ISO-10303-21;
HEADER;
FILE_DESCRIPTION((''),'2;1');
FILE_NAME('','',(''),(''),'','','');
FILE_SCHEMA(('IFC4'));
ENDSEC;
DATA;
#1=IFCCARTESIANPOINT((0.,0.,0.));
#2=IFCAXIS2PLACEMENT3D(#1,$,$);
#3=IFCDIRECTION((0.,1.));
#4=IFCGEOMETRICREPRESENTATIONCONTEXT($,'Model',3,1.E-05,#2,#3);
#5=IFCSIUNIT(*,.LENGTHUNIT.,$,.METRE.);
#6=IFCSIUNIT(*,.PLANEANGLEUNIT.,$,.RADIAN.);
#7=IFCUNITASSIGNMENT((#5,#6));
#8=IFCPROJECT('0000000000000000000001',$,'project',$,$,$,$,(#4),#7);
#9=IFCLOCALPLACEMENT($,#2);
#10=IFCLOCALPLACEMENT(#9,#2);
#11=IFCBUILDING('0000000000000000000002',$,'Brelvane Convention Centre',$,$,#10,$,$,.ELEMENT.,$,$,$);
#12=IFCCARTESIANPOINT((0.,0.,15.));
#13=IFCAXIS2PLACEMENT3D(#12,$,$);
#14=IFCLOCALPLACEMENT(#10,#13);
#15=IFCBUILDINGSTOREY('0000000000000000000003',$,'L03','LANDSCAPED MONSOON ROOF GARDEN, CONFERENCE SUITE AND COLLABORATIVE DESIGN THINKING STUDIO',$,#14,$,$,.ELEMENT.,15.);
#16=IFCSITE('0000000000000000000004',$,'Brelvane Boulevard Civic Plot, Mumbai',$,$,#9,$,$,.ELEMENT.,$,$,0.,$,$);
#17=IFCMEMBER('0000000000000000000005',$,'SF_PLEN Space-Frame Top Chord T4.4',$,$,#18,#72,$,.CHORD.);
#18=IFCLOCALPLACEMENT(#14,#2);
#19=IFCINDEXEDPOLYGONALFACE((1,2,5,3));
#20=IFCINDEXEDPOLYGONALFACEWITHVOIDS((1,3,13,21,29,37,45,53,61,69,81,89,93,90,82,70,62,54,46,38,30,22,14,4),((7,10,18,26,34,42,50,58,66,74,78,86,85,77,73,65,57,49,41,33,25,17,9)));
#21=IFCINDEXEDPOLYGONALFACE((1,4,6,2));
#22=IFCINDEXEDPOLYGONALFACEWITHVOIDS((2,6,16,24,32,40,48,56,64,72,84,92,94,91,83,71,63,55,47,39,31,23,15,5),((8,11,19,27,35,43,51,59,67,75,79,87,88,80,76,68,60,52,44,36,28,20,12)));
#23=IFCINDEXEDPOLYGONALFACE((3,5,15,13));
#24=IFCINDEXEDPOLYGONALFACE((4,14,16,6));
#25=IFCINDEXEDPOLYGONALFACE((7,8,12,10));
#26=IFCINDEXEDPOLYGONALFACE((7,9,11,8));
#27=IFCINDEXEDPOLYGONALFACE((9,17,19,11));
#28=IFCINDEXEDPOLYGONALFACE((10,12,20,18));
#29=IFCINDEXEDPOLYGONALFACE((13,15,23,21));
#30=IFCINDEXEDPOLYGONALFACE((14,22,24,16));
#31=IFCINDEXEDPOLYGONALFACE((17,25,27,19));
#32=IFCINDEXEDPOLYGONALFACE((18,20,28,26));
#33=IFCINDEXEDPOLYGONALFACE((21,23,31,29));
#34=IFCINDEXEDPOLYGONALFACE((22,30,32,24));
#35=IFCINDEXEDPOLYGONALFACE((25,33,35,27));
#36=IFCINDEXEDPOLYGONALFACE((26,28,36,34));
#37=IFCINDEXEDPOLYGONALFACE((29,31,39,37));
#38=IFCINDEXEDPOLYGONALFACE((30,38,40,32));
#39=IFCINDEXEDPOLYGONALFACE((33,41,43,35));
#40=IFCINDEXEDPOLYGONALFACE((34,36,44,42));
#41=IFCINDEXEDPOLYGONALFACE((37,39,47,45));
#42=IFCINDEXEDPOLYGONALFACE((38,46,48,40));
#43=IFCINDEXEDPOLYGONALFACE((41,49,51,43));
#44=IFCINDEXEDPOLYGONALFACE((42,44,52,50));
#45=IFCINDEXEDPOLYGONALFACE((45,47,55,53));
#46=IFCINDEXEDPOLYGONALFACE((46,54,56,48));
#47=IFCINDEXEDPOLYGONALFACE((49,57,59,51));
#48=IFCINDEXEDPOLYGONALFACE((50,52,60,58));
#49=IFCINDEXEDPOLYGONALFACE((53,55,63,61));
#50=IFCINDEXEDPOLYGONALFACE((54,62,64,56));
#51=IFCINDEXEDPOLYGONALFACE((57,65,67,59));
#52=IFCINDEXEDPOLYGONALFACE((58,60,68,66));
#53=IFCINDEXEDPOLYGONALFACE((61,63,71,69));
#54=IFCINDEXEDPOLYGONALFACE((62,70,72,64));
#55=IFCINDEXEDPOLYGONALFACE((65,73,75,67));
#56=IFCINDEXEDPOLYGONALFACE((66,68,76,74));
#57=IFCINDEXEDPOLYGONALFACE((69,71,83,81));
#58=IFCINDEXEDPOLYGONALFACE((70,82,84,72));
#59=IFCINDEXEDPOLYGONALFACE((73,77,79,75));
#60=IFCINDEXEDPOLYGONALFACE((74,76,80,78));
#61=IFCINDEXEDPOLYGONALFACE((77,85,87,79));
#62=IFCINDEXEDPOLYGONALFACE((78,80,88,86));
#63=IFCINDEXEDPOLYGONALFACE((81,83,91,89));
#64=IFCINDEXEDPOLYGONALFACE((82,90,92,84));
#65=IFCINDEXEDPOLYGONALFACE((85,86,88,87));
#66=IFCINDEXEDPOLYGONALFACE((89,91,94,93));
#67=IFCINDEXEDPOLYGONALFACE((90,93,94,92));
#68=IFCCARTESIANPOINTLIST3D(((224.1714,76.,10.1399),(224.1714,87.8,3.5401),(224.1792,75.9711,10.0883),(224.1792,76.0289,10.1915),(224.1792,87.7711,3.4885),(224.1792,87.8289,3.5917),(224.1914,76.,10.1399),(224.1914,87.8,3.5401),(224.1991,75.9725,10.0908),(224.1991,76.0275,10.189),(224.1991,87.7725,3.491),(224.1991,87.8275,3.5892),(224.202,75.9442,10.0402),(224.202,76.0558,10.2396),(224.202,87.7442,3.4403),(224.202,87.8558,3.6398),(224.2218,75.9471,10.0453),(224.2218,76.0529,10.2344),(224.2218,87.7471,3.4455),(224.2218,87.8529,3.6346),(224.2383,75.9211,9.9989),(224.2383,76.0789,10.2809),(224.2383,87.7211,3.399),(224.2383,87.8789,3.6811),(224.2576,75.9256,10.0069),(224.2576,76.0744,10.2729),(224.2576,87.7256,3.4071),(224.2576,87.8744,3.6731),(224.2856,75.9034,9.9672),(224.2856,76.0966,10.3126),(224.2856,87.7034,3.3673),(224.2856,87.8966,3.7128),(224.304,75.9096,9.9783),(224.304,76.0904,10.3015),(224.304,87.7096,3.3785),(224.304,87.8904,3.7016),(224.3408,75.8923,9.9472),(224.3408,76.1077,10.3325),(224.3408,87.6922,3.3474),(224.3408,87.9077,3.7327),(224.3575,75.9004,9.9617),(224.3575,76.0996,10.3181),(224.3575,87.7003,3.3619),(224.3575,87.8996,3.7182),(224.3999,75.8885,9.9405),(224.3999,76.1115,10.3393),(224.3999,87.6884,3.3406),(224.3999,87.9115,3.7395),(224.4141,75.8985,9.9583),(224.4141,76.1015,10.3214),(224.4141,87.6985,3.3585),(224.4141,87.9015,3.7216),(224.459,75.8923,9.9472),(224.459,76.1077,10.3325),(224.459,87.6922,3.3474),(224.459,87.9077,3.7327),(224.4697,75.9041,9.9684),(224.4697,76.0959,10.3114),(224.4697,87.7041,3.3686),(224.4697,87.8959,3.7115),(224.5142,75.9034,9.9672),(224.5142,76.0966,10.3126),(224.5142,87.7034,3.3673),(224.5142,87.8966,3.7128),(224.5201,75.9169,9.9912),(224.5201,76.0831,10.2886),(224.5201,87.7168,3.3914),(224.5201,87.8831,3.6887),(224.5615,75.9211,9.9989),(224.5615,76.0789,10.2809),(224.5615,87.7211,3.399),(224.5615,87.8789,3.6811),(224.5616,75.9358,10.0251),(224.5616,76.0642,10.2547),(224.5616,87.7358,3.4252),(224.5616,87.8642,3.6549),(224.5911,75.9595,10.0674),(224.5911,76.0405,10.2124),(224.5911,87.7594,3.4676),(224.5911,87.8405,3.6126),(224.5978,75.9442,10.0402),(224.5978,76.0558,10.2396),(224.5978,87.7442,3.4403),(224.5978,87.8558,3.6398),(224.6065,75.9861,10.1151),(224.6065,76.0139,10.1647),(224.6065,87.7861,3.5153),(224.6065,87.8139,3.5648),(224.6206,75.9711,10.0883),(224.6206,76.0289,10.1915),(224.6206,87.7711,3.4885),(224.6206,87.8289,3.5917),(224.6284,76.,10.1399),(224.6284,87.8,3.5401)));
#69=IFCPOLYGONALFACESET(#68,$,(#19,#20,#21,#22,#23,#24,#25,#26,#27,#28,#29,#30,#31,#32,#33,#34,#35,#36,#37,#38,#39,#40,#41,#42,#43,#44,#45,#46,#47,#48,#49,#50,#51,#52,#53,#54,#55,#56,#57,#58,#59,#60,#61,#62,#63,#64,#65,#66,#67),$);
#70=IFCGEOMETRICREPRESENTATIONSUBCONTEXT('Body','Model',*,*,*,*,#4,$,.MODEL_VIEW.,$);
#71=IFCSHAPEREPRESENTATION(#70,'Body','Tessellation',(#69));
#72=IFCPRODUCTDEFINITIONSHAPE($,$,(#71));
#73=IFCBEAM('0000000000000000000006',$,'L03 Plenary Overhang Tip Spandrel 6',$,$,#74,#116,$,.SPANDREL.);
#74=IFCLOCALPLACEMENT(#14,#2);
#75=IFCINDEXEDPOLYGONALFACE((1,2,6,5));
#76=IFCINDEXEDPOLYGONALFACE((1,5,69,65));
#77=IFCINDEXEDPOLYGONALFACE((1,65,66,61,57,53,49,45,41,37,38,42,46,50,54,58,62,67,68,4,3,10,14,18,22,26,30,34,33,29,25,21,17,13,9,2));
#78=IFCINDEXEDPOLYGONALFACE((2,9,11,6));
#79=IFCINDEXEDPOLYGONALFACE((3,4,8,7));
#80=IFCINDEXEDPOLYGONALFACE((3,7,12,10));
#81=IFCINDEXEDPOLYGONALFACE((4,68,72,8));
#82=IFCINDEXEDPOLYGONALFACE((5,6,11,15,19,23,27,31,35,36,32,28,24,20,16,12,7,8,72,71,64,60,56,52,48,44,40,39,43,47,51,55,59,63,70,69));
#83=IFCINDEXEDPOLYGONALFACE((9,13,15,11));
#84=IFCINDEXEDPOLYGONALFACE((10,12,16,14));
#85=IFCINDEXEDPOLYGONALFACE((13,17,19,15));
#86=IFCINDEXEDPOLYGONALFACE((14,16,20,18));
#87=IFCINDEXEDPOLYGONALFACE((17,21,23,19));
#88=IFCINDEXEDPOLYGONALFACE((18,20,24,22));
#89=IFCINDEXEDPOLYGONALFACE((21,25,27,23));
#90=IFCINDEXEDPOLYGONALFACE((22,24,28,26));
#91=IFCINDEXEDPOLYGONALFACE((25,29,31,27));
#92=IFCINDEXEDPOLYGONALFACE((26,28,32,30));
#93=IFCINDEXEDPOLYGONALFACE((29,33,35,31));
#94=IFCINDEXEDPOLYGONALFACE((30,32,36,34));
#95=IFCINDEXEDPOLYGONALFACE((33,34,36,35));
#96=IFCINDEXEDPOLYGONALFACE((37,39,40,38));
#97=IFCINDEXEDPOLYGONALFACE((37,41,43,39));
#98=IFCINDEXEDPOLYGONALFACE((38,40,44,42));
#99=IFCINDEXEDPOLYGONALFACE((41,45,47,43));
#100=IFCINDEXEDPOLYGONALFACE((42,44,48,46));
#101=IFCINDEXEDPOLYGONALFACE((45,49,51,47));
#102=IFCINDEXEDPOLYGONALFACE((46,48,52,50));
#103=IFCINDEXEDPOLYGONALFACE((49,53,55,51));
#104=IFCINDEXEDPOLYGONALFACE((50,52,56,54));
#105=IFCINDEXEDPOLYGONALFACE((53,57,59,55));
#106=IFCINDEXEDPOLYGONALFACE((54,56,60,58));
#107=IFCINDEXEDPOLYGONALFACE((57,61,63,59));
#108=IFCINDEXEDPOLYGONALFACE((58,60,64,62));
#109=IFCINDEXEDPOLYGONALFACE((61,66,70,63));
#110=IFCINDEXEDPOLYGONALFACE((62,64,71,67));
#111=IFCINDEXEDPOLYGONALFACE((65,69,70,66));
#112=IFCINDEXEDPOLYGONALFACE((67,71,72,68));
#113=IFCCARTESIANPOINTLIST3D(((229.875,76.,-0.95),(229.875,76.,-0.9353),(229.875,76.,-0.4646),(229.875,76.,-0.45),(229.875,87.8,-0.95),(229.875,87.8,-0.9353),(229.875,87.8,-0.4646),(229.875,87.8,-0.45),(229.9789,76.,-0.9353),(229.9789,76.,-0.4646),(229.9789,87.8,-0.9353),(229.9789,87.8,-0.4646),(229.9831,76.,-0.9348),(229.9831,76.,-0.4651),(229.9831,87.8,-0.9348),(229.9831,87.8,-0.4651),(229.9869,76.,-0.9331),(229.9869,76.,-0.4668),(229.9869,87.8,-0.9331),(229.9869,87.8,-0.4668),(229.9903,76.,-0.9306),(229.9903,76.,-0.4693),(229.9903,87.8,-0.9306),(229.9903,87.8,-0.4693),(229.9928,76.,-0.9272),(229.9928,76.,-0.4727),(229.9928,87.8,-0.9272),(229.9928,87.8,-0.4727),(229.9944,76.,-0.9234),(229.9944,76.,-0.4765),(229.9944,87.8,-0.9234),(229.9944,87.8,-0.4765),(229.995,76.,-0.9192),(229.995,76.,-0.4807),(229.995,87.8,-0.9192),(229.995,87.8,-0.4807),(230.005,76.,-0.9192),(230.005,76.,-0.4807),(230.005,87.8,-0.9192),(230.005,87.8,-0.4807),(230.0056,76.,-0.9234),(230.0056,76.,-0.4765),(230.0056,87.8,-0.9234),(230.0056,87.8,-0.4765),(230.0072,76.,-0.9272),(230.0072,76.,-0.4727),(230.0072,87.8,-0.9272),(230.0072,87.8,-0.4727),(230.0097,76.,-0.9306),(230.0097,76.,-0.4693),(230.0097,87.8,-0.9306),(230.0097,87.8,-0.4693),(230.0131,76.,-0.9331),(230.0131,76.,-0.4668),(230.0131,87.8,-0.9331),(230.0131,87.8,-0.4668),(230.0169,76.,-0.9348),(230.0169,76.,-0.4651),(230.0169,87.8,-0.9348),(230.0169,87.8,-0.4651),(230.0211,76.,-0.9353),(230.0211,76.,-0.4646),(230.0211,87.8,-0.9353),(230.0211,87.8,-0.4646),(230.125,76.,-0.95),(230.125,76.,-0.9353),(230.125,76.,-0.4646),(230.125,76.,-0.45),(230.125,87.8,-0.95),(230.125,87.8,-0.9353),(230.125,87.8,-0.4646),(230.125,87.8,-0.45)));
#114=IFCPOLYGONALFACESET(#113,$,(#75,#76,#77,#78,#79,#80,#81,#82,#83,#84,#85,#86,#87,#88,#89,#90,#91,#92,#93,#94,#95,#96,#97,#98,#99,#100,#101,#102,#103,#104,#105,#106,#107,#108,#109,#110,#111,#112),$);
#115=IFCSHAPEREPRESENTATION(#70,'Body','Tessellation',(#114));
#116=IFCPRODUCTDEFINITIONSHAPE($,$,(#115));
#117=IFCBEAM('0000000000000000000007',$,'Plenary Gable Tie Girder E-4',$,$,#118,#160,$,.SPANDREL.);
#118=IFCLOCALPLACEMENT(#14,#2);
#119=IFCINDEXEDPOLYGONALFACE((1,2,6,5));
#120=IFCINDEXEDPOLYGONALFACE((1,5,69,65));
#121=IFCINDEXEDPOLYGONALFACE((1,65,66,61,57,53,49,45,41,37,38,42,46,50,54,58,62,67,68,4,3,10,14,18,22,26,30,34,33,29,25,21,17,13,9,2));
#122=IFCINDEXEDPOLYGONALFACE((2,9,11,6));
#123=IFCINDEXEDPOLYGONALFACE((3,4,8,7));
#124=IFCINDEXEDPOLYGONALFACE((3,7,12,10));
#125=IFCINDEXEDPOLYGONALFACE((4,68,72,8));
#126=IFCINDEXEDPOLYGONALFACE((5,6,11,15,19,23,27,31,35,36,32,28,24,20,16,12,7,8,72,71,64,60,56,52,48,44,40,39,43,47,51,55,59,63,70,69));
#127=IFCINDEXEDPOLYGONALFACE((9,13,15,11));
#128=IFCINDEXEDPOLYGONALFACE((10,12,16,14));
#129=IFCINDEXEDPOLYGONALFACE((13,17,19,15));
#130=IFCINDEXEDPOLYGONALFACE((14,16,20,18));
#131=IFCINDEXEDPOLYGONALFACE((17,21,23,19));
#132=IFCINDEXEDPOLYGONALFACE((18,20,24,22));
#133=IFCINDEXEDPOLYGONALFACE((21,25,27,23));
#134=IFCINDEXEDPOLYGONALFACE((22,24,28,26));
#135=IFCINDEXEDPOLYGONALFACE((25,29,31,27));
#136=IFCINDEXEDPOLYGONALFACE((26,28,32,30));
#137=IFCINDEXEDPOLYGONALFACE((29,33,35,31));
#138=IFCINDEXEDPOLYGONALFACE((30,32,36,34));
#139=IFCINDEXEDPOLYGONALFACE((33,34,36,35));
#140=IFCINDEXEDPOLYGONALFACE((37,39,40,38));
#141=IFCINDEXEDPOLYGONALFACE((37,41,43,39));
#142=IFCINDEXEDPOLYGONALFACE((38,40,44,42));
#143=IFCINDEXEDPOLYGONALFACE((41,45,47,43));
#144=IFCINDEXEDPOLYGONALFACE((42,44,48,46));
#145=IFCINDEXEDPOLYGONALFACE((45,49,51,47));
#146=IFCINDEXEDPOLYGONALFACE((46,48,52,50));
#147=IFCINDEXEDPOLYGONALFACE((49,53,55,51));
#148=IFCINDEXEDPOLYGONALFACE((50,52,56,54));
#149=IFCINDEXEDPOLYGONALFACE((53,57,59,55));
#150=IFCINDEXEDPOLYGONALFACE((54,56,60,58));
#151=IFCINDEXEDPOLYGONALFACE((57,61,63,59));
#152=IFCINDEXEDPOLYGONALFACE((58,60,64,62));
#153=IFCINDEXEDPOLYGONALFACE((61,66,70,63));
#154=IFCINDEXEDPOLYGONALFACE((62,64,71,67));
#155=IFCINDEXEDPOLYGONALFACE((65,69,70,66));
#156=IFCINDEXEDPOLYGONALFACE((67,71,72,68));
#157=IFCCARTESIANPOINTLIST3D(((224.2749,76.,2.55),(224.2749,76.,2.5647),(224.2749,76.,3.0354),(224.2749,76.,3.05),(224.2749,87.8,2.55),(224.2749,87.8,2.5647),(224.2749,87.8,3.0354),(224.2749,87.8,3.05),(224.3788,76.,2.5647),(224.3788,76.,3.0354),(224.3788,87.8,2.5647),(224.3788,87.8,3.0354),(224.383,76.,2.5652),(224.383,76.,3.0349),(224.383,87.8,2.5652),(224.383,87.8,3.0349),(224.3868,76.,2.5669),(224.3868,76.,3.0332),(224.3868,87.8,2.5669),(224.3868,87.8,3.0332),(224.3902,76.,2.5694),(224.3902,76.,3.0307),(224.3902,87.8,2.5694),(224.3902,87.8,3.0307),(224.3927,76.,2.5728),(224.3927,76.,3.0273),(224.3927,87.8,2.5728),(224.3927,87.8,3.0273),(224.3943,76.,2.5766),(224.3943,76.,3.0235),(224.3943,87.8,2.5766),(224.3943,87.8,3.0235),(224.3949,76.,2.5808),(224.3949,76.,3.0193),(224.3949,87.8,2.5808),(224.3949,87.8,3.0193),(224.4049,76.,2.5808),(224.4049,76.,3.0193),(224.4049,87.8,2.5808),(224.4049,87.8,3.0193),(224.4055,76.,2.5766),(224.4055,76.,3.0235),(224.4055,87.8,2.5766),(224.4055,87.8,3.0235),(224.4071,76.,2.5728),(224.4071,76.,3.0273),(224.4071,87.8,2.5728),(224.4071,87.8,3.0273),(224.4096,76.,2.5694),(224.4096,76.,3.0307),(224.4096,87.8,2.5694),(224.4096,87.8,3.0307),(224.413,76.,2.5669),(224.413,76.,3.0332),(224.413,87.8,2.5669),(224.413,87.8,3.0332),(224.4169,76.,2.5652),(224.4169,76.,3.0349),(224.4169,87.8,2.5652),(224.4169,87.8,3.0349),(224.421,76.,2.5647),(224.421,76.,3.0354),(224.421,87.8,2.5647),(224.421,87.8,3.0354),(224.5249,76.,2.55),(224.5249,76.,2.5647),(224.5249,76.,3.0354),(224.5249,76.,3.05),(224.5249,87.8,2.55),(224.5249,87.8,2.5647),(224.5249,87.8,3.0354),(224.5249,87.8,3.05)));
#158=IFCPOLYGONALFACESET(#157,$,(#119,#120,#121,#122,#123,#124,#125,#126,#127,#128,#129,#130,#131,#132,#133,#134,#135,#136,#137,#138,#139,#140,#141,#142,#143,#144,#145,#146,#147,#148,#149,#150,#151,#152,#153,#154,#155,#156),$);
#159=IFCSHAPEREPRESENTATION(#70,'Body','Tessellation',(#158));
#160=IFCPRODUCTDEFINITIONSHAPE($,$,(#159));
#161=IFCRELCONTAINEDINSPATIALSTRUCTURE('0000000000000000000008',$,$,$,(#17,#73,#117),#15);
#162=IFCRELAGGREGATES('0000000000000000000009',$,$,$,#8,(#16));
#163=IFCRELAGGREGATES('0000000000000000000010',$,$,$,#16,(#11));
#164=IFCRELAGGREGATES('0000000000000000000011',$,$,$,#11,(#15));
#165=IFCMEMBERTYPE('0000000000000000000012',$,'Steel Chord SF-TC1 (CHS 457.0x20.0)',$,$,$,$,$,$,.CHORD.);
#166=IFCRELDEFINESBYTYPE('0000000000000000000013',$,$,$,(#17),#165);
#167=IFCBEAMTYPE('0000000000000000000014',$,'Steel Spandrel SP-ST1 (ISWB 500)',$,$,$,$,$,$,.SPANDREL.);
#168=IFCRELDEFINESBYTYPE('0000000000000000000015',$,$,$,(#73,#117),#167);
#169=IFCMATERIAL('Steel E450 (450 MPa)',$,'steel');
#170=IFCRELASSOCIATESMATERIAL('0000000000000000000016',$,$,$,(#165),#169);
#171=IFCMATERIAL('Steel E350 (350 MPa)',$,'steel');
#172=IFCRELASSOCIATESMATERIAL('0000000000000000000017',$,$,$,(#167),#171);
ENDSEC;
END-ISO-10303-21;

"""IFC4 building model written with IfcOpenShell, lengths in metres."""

from ifc_helpers import new_model, si_unit, direction, frame, origin, origin_2d, place, context, subcontext, project, spatial, hollow_circle, i_section, extrude, material, material_profile, profile_set, type_object, element, save


model = new_model("IFC4")

# Units and contexts
model_context = context("Model", 3, precision=1e-05, world=origin(), true_north=direction((0.0, 1.0)))
body_context = subcontext(model_context, "Body", "Model", "MODEL_VIEW")
ifc_project = project(units=[si_unit("LENGTHUNIT", "METRE"), si_unit("PLANEANGLEUNIT", "RADIAN")], contexts=[model_context])

# Site, building, storey
site_placement = place(None, origin())
site = spatial("IfcSite", under=ifc_project, at=site_placement, Name="Brelvane Boulevard Civic Plot, Mumbai", CompositionType="ELEMENT", RefElevation=0.0)
building_placement = place(site_placement, origin())
building = spatial("IfcBuilding", under=site, at=building_placement, Name="Brelvane Convention Centre", CompositionType="ELEMENT")
storey_placement = place(building_placement, frame((0.0, 0.0, 15.0)))
storey = spatial("IfcBuildingStorey", under=building, at=storey_placement, Name="L03", Description="LANDSCAPED MONSOON ROOF GARDEN, CONFERENCE SUITE AND COLLABORATIVE DESIGN THINKING STUDIO", CompositionType="ELEMENT", Elevation=15.0)

# Member
ifc_material_1 = material(Name="Steel E450 (450 MPa)", Category="steel")
ifc_material_profile_1 = material_profile(ifc_material_1, hollow_circle(Radius=0.2285, WallThickness=0.02, at=origin_2d()), Name="CHS 457.0x20.0")
ifc_profile_set_1 = profile_set([ifc_material_profile_1], Name="Steel E450 (450 MPa)")
member_type_1 = type_object("IfcMemberType", Name="Steel Chord SF-TC1 (CHS 457.0x20.0)", PredefinedType="CHORD", material=ifc_profile_set_1)
member_1_placement = place(storey_placement, frame((224.3999, 76.0, 10.1399), z_axis=(0.0, 0.872764, -0.488143), x_axis=(-1.0, 0.0, 0.0)))
element("IfcMember", 1, at=member_1_placement, inside=storey, type_object=member_type_1, Name="SF_PLEN Space-Frame Top Chord T4.4", PredefinedType="CHORD", context=body_context, shape_type="SweptSolid", body=[
    extrude(hollow_circle(Radius=0.2285, WallThickness=0.02, at=origin_2d()), origin(), (0.0, 0.0, 1.0), 13.5203),
])

# Beams
ifc_material_2 = material(Name="Steel E350 (350 MPa)", Category="steel")
ifc_material_profile_2 = material_profile(ifc_material_2, i_section(OverallWidth=0.25, OverallDepth=0.5, WebThickness=0.01, FlangeThickness=0.0146, FilletRadius=0.0161, at=origin_2d()), Name="ISWB 500")
ifc_profile_set_2 = profile_set([ifc_material_profile_2], Name="Steel E350 (350 MPa)")
beam_type_1 = type_object("IfcBeamType", Name="Steel Spandrel SP-ST1 (ISWB 500)", PredefinedType="SPANDREL", material=ifc_profile_set_2)
for number, where, z_axis, x_axis, name in (
    (2, (230.0, 76.0, -0.7), (0.0, 1.0, 0.0), (-1.0, 0.0, 0.0), "L03 Plenary Overhang Tip Spandrel 6"),
    (3, (224.3999, 76.0, 2.8), (0.0, 1.0, 0.0), (-1.0, 0.0, 0.0), "Plenary Gable Tie Girder E-4"),
):
    element("IfcBeam", number, at=place(storey_placement, frame(where, z_axis=z_axis, x_axis=x_axis)), inside=storey, type_object=beam_type_1, Name=name, PredefinedType="SPANDREL", context=body_context, shape_type="SweptSolid", body=[
        extrude(i_section(OverallWidth=0.25, OverallDepth=0.5, WebThickness=0.01, FlangeThickness=0.0146, FilletRadius=0.0161, at=origin_2d()), origin(), (0.0, 0.0, 1.0), 11.8),
    ])

save(model, "model.ifc")
